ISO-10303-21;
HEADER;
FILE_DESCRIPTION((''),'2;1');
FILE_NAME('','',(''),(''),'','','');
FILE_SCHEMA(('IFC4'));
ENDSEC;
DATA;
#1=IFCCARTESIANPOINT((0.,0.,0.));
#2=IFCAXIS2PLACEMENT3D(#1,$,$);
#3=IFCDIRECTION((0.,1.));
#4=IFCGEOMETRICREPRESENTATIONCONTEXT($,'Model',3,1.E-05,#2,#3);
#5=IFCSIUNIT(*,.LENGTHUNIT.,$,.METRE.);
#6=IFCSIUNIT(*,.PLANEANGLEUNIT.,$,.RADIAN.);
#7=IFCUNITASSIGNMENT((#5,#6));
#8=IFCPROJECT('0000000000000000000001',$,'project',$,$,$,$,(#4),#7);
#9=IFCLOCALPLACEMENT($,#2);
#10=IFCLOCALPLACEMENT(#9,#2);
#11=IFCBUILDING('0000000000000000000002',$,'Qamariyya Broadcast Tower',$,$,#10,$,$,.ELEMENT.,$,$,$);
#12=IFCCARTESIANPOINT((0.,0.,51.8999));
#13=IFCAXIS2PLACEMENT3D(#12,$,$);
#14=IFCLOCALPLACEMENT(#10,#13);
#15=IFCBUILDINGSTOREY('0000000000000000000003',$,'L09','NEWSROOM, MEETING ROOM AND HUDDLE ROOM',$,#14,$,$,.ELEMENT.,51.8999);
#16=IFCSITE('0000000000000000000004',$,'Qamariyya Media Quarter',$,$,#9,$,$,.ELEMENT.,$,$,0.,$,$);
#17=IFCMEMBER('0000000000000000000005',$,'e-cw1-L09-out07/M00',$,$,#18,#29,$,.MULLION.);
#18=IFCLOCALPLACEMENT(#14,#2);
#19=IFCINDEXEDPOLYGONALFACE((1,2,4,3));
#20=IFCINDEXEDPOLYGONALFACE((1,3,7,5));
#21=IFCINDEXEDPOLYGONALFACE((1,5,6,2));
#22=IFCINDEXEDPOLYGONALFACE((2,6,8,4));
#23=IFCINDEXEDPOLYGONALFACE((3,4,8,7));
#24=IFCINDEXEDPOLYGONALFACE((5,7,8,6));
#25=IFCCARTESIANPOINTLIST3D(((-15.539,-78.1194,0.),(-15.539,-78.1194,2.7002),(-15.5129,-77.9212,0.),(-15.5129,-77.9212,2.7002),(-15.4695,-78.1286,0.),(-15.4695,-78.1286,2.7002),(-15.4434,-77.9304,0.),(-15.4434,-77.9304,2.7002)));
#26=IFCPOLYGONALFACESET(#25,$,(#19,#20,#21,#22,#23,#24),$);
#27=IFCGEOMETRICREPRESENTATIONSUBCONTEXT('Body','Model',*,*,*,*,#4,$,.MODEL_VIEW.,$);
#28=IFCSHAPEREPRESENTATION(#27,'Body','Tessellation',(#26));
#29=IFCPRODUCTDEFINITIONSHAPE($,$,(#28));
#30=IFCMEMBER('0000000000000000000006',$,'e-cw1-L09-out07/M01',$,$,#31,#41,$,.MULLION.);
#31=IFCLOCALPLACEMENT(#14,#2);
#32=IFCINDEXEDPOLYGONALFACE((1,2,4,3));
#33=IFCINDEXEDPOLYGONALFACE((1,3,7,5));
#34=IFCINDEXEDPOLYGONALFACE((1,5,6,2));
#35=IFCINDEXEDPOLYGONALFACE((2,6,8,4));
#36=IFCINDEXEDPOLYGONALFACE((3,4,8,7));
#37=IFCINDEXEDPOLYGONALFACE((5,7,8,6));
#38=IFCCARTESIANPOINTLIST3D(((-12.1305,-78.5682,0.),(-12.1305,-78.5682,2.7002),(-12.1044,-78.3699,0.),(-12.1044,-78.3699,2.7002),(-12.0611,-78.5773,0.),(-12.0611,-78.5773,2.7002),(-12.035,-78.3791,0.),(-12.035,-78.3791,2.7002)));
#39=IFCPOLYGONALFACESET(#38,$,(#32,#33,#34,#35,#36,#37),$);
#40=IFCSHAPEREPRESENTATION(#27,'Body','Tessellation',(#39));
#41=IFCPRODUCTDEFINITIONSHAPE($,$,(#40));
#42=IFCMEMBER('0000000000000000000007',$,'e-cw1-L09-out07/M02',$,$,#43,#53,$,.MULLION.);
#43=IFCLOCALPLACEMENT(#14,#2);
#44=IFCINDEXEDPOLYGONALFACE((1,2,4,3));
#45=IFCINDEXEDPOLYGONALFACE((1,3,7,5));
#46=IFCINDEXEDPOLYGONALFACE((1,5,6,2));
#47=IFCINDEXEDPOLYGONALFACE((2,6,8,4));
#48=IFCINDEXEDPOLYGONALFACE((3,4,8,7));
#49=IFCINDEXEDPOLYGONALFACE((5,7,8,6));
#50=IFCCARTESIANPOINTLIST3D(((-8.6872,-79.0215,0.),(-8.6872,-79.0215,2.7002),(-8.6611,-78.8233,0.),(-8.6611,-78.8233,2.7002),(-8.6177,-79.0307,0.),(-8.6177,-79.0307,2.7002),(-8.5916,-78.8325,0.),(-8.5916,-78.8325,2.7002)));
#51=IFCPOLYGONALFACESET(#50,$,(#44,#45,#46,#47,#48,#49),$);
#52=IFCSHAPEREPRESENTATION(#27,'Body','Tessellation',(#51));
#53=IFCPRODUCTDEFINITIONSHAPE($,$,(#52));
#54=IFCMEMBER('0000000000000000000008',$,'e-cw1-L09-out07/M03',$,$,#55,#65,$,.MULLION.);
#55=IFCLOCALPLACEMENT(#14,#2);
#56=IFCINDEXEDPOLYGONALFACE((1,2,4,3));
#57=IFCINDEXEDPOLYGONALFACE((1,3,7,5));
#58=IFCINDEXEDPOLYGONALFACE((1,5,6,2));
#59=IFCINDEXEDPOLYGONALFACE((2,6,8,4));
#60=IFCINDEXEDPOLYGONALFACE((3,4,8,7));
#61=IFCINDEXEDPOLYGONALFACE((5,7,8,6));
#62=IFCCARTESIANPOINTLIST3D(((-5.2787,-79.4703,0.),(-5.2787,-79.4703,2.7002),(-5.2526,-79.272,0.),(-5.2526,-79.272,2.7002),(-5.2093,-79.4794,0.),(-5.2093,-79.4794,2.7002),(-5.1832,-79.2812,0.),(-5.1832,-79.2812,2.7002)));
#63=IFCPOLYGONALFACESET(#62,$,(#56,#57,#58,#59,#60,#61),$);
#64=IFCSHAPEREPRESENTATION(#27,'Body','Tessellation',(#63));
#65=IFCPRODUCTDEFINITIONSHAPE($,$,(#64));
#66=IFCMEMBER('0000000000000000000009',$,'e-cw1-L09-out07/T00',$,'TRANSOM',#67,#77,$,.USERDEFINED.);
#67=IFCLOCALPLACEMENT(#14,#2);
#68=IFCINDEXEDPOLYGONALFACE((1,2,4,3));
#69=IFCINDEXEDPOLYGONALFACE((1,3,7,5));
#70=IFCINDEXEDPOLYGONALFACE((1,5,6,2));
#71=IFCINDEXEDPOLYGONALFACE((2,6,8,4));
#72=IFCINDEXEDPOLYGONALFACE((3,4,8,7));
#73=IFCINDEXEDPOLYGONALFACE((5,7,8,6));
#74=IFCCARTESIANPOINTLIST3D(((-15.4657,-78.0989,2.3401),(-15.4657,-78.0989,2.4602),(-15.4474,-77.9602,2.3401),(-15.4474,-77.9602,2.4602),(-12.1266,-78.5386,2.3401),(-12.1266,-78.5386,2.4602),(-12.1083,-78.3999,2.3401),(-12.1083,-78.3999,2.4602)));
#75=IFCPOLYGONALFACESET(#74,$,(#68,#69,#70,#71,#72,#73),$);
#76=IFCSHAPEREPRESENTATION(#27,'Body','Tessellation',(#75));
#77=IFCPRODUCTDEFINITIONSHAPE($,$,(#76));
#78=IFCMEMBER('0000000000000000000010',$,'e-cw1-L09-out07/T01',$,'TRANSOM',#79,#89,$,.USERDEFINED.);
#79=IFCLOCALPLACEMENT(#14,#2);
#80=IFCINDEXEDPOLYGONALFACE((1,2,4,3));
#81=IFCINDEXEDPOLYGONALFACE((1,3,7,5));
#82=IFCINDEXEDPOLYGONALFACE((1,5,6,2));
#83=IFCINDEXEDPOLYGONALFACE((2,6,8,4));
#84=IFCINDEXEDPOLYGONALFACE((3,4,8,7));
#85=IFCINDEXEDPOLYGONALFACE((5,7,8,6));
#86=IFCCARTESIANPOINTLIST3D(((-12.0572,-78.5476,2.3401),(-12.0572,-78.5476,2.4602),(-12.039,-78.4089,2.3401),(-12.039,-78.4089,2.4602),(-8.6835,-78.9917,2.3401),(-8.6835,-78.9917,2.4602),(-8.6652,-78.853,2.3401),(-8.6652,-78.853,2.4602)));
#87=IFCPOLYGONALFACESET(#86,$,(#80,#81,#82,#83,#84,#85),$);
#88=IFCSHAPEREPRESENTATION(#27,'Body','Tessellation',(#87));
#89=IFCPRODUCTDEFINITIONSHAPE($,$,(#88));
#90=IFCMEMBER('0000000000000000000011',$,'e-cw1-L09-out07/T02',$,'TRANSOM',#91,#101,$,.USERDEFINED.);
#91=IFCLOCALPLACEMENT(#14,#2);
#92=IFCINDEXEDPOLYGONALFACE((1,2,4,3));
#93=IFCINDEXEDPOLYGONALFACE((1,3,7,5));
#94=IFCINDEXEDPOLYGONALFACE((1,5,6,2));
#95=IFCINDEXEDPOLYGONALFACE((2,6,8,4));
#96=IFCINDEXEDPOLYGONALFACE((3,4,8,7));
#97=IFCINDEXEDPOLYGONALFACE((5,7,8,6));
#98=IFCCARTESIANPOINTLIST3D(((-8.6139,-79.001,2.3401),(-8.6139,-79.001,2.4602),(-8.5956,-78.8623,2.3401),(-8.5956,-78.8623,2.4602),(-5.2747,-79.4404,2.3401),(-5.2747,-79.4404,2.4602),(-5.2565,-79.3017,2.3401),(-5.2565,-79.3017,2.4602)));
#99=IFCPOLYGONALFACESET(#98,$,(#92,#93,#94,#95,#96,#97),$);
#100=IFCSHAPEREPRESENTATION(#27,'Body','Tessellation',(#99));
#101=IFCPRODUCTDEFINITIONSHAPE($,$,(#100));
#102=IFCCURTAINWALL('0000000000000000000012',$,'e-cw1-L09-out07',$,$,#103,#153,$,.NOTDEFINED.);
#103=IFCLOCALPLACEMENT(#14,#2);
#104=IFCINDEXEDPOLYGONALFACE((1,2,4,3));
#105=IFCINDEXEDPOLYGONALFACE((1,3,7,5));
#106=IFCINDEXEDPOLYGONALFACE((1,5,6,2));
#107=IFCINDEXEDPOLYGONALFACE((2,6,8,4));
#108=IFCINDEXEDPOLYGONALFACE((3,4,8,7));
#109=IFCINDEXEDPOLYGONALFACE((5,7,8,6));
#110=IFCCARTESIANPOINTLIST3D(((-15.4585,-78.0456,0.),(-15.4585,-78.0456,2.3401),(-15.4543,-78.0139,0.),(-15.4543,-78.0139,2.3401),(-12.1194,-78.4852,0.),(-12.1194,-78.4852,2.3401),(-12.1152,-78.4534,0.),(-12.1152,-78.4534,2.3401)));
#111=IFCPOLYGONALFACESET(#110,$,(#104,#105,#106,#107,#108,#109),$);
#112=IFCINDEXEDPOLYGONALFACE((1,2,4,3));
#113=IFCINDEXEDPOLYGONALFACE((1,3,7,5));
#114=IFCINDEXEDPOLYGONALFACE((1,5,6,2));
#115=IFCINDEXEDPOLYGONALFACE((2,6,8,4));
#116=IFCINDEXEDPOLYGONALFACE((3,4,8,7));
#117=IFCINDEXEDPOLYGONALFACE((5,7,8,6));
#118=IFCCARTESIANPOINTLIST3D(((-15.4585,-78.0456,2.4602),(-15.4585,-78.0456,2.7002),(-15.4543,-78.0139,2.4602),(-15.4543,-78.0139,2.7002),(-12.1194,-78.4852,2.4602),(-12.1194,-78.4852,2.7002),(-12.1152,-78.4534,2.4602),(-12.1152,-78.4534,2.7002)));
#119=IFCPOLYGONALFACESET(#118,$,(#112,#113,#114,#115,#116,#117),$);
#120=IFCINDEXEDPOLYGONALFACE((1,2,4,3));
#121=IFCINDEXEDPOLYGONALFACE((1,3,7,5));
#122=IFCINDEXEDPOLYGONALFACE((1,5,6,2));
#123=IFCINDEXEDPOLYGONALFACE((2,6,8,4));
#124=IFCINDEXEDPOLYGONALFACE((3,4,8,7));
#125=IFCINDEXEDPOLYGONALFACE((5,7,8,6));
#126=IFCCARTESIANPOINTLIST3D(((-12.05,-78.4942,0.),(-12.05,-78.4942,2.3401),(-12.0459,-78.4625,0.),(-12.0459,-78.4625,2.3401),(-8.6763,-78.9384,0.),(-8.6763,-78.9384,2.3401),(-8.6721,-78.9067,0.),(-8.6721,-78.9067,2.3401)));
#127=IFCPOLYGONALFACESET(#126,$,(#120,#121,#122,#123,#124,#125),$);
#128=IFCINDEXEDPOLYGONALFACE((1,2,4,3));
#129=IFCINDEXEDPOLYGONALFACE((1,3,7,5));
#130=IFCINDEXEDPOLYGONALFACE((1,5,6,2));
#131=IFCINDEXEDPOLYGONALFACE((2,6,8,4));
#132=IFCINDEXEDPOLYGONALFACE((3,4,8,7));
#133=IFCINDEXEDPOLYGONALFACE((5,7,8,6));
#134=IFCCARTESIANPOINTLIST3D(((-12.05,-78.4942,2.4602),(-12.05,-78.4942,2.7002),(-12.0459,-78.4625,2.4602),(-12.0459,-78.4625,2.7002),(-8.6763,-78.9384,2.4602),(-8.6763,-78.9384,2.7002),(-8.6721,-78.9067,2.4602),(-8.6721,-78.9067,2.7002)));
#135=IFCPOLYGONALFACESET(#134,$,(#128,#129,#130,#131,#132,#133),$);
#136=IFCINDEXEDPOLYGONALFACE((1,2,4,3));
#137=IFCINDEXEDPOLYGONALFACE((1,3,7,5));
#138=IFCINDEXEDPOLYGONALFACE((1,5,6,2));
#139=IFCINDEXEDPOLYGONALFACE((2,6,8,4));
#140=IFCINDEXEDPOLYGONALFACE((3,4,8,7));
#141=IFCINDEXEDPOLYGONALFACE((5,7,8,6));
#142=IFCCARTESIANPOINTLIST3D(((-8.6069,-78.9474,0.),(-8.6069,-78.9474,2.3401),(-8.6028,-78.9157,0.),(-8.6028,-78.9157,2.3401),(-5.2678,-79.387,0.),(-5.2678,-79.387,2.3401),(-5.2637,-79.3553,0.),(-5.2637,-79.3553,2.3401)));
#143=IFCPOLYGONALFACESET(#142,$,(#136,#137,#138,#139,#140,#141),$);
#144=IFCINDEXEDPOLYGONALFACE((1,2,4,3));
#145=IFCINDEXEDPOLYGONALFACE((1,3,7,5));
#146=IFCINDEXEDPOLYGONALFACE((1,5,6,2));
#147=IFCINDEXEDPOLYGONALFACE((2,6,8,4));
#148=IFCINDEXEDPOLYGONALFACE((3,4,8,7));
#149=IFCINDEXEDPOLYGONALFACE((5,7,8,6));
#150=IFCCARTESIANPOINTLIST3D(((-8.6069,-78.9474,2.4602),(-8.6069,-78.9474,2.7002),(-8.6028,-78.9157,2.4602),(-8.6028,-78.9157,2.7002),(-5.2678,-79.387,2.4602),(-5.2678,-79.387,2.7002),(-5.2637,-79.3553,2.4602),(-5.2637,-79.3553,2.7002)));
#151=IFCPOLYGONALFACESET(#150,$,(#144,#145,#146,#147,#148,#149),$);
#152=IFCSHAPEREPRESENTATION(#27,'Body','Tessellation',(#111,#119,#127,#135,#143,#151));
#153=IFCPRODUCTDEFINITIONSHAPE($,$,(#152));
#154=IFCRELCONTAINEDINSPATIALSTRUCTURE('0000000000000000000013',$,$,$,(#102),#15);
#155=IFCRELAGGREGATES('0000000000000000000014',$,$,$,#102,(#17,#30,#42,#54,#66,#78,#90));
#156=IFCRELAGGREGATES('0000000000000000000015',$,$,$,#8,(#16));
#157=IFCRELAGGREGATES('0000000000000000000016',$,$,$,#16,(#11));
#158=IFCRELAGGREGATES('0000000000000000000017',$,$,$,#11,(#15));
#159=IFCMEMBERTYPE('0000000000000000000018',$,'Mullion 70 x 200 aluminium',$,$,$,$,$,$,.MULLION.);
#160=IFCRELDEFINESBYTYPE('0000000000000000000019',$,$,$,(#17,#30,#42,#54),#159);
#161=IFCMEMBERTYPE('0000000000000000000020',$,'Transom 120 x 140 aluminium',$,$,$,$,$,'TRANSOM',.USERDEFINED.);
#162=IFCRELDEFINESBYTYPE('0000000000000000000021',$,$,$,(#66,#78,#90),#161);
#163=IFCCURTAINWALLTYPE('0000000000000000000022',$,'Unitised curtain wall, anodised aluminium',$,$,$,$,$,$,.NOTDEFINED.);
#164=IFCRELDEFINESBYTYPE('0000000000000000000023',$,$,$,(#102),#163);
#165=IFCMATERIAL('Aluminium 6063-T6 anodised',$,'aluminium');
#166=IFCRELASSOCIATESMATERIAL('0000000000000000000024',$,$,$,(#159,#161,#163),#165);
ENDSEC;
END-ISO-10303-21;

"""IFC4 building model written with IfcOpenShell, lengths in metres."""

from ifc_helpers import new_model, si_unit, direction, frame, origin, origin_2d, place, context, subcontext, project, spatial, rectangle, extrude, material, material_profile, profile_set, type_object, element, aggregate, save


model = new_model("IFC4")

# Units and contexts
model_context = context("Model", 3, precision=1e-05, world=origin(), true_north=direction((0.0, 1.0)))
body_context = subcontext(model_context, "Body", "Model", "MODEL_VIEW")
ifc_project = project(units=[si_unit("LENGTHUNIT", "METRE"), si_unit("PLANEANGLEUNIT", "RADIAN")], contexts=[model_context])

# Members
ifc_material = material(Name="Aluminium 6063-T6 anodised", Category="aluminium")
ifc_material_profile_1 = material_profile(ifc_material, rectangle(XDim=0.2, YDim=0.0701, at=origin_2d()))
ifc_profile_set_1 = profile_set([ifc_material_profile_1], Name="Aluminium 6063-T6 anodised")
member_type_1 = type_object("IfcMemberType", Name="Mullion 70 x 200 aluminium", PredefinedType="MULLION", material=ifc_profile_set_1)
site_placement = place(None, origin())
building_placement = place(site_placement, origin())
storey_placement = place(building_placement, frame((0.0, 0.0, 51.8999)))
member_1_placement = place(storey_placement, frame((-15.4912, -78.0249, 0.0), z_axis=(0.0, 0.0, 1.0), x_axis=(0.130526, 0.991445, 0.0)))
member_1 = element("IfcMember", 1, at=member_1_placement, type_object=member_type_1, Name="e-cw1-L09-out07/M00", PredefinedType="MULLION", context=body_context, shape_type="SweptSolid", body=[
    extrude(rectangle(XDim=0.2, YDim=0.0701, at=origin_2d()), origin(), (0.0, 0.0, 1.0), 2.7002),
])
member_2_placement = place(storey_placement, frame((-12.0828, -78.4736, 0.0), z_axis=(0.0, 0.0, 1.0), x_axis=(0.130526, 0.991445, 0.0)))
member_2 = element("IfcMember", 2, at=member_2_placement, type_object=member_type_1, Name="e-cw1-L09-out07/M01", PredefinedType="MULLION", context=body_context, shape_type="SweptSolid", body=[
    extrude(rectangle(XDim=0.2, YDim=0.0701, at=origin_2d()), origin(), (0.0, 0.0, 1.0), 2.7002),
])
member_3_placement = place(storey_placement, frame((-8.6394, -78.927, 0.0), z_axis=(0.0, 0.0, 1.0), x_axis=(0.130526, 0.991445, 0.0)))
member_3 = element("IfcMember", 3, at=member_3_placement, type_object=member_type_1, Name="e-cw1-L09-out07/M02", PredefinedType="MULLION", context=body_context, shape_type="SweptSolid", body=[
    extrude(rectangle(XDim=0.2, YDim=0.0701, at=origin_2d()), origin(), (0.0, 0.0, 1.0), 2.7002),
])
member_4_placement = place(storey_placement, frame((-5.231, -79.3757, 0.0), z_axis=(0.0, 0.0, 1.0), x_axis=(0.130526, 0.991445, 0.0)))
member_4 = element("IfcMember", 4, at=member_4_placement, type_object=member_type_1, Name="e-cw1-L09-out07/M03", PredefinedType="MULLION", context=body_context, shape_type="SweptSolid", body=[
    extrude(rectangle(XDim=0.2, YDim=0.0701, at=origin_2d()), origin(), (0.0, 0.0, 1.0), 2.7002),
])
ifc_material_profile_2 = material_profile(ifc_material, rectangle(XDim=0.1399, YDim=0.1201, at=origin_2d()))
ifc_profile_set_2 = profile_set([ifc_material_profile_2], Name="Aluminium 6063-T6 anodised")
member_type_2 = type_object("IfcMemberType", Name="Transom 120 x 140 aluminium", ElementType="TRANSOM", PredefinedType="USERDEFINED", material=ifc_profile_set_2)
member_5_placement = place(storey_placement, frame((-15.4565, -78.0295, 2.4001), z_axis=(0.991441, -0.130554, 0.0), x_axis=(0.130554, 0.991441, 0.0)))
member_5 = element("IfcMember", 5, at=member_5_placement, type_object=member_type_2, Name="e-cw1-L09-out07/T00", ObjectType="TRANSOM", PredefinedType="USERDEFINED", context=body_context, shape_type="SweptSolid", body=[
    extrude(rectangle(XDim=0.1399, YDim=0.1201, at=origin_2d()), origin(), (0.0, 0.0, 1.0), 3.3679),
])
member_6_placement = place(storey_placement, frame((-12.0481, -78.4783, 2.4001), z_axis=(0.991448, -0.130505, 0.0), x_axis=(0.130505, 0.991448, 0.0)))
member_6 = element("IfcMember", 6, at=member_6_placement, type_object=member_type_2, Name="e-cw1-L09-out07/T01", ObjectType="TRANSOM", PredefinedType="USERDEFINED", context=body_context, shape_type="SweptSolid", body=[
    extrude(rectangle(XDim=0.1399, YDim=0.1201, at=origin_2d()), origin(), (0.0, 0.0, 1.0), 3.4028),
])
member_7_placement = place(storey_placement, frame((-8.6047, -78.9316, 2.4001), z_axis=(0.991451, -0.130483, 0.0), x_axis=(0.130483, 0.991451, 0.0)))
member_7 = element("IfcMember", 7, at=member_7_placement, type_object=member_type_2, Name="e-cw1-L09-out07/T02", ObjectType="TRANSOM", PredefinedType="USERDEFINED", context=body_context, shape_type="SweptSolid", body=[
    extrude(rectangle(XDim=0.1399, YDim=0.1201, at=origin_2d()), origin(), (0.0, 0.0, 1.0), 3.3679),
])

# Site, building, storey
site = spatial("IfcSite", under=ifc_project, at=site_placement, Name="Qamariyya Media Quarter", CompositionType="ELEMENT", RefElevation=0.0)
building = spatial("IfcBuilding", under=site, at=building_placement, Name="Qamariyya Broadcast Tower", CompositionType="ELEMENT")
storey = spatial("IfcBuildingStorey", under=building, at=storey_placement, Name="L09", Description="NEWSROOM, MEETING ROOM AND HUDDLE ROOM", CompositionType="ELEMENT", Elevation=51.8999)

# Curtain wall
curtain_wall_type = type_object("IfcCurtainWallType", Name="Unitised curtain wall, anodised aluminium", PredefinedType="NOTDEFINED", material=ifc_material)
curtain_wall_1_placement = place(storey_placement, origin())
curtain_wall_1 = element("IfcCurtainWall", 8, at=curtain_wall_1_placement, inside=storey, type_object=curtain_wall_type, Name="e-cw1-L09-out07", PredefinedType="NOTDEFINED", context=body_context, shape_type="SweptSolid", body=[
    extrude(rectangle(XDim=3.3679, YDim=0.032, at=origin_2d()), frame((-13.7869, -78.2495, 0.0), x_axis=(0.991446, -0.130521, 0.0)), (0.0, 0.0, 1.0), 2.3401),
    extrude(rectangle(XDim=3.3679, YDim=0.032, at=origin_2d()), frame((-13.7869, -78.2495, 2.4602), x_axis=(0.991446, -0.130521, 0.0)), (0.0, 0.0, 1.0), 0.24),
    extrude(rectangle(XDim=3.4028, YDim=0.032, at=origin_2d()), frame((-10.3611, -78.7004, 0.0), x_axis=(0.991446, -0.130521, 0.0)), (0.0, 0.0, 1.0), 2.3401),
    extrude(rectangle(XDim=3.4028, YDim=0.032, at=origin_2d()), frame((-10.3611, -78.7004, 2.4602), x_axis=(0.991446, -0.130521, 0.0)), (0.0, 0.0, 1.0), 0.24),
    extrude(rectangle(XDim=3.3679, YDim=0.032, at=origin_2d()), frame((-6.9353, -79.1514, 0.0), x_axis=(0.991446, -0.130521, 0.0)), (0.0, 0.0, 1.0), 2.3401),
    extrude(rectangle(XDim=3.3679, YDim=0.032, at=origin_2d()), frame((-6.9353, -79.1514, 2.4602), x_axis=(0.991446, -0.130521, 0.0)), (0.0, 0.0, 1.0), 0.24),
])
aggregate(curtain_wall_1, [member_1, member_2, member_3, member_4, member_5, member_6, member_7])

save(model, "model.ifc")
